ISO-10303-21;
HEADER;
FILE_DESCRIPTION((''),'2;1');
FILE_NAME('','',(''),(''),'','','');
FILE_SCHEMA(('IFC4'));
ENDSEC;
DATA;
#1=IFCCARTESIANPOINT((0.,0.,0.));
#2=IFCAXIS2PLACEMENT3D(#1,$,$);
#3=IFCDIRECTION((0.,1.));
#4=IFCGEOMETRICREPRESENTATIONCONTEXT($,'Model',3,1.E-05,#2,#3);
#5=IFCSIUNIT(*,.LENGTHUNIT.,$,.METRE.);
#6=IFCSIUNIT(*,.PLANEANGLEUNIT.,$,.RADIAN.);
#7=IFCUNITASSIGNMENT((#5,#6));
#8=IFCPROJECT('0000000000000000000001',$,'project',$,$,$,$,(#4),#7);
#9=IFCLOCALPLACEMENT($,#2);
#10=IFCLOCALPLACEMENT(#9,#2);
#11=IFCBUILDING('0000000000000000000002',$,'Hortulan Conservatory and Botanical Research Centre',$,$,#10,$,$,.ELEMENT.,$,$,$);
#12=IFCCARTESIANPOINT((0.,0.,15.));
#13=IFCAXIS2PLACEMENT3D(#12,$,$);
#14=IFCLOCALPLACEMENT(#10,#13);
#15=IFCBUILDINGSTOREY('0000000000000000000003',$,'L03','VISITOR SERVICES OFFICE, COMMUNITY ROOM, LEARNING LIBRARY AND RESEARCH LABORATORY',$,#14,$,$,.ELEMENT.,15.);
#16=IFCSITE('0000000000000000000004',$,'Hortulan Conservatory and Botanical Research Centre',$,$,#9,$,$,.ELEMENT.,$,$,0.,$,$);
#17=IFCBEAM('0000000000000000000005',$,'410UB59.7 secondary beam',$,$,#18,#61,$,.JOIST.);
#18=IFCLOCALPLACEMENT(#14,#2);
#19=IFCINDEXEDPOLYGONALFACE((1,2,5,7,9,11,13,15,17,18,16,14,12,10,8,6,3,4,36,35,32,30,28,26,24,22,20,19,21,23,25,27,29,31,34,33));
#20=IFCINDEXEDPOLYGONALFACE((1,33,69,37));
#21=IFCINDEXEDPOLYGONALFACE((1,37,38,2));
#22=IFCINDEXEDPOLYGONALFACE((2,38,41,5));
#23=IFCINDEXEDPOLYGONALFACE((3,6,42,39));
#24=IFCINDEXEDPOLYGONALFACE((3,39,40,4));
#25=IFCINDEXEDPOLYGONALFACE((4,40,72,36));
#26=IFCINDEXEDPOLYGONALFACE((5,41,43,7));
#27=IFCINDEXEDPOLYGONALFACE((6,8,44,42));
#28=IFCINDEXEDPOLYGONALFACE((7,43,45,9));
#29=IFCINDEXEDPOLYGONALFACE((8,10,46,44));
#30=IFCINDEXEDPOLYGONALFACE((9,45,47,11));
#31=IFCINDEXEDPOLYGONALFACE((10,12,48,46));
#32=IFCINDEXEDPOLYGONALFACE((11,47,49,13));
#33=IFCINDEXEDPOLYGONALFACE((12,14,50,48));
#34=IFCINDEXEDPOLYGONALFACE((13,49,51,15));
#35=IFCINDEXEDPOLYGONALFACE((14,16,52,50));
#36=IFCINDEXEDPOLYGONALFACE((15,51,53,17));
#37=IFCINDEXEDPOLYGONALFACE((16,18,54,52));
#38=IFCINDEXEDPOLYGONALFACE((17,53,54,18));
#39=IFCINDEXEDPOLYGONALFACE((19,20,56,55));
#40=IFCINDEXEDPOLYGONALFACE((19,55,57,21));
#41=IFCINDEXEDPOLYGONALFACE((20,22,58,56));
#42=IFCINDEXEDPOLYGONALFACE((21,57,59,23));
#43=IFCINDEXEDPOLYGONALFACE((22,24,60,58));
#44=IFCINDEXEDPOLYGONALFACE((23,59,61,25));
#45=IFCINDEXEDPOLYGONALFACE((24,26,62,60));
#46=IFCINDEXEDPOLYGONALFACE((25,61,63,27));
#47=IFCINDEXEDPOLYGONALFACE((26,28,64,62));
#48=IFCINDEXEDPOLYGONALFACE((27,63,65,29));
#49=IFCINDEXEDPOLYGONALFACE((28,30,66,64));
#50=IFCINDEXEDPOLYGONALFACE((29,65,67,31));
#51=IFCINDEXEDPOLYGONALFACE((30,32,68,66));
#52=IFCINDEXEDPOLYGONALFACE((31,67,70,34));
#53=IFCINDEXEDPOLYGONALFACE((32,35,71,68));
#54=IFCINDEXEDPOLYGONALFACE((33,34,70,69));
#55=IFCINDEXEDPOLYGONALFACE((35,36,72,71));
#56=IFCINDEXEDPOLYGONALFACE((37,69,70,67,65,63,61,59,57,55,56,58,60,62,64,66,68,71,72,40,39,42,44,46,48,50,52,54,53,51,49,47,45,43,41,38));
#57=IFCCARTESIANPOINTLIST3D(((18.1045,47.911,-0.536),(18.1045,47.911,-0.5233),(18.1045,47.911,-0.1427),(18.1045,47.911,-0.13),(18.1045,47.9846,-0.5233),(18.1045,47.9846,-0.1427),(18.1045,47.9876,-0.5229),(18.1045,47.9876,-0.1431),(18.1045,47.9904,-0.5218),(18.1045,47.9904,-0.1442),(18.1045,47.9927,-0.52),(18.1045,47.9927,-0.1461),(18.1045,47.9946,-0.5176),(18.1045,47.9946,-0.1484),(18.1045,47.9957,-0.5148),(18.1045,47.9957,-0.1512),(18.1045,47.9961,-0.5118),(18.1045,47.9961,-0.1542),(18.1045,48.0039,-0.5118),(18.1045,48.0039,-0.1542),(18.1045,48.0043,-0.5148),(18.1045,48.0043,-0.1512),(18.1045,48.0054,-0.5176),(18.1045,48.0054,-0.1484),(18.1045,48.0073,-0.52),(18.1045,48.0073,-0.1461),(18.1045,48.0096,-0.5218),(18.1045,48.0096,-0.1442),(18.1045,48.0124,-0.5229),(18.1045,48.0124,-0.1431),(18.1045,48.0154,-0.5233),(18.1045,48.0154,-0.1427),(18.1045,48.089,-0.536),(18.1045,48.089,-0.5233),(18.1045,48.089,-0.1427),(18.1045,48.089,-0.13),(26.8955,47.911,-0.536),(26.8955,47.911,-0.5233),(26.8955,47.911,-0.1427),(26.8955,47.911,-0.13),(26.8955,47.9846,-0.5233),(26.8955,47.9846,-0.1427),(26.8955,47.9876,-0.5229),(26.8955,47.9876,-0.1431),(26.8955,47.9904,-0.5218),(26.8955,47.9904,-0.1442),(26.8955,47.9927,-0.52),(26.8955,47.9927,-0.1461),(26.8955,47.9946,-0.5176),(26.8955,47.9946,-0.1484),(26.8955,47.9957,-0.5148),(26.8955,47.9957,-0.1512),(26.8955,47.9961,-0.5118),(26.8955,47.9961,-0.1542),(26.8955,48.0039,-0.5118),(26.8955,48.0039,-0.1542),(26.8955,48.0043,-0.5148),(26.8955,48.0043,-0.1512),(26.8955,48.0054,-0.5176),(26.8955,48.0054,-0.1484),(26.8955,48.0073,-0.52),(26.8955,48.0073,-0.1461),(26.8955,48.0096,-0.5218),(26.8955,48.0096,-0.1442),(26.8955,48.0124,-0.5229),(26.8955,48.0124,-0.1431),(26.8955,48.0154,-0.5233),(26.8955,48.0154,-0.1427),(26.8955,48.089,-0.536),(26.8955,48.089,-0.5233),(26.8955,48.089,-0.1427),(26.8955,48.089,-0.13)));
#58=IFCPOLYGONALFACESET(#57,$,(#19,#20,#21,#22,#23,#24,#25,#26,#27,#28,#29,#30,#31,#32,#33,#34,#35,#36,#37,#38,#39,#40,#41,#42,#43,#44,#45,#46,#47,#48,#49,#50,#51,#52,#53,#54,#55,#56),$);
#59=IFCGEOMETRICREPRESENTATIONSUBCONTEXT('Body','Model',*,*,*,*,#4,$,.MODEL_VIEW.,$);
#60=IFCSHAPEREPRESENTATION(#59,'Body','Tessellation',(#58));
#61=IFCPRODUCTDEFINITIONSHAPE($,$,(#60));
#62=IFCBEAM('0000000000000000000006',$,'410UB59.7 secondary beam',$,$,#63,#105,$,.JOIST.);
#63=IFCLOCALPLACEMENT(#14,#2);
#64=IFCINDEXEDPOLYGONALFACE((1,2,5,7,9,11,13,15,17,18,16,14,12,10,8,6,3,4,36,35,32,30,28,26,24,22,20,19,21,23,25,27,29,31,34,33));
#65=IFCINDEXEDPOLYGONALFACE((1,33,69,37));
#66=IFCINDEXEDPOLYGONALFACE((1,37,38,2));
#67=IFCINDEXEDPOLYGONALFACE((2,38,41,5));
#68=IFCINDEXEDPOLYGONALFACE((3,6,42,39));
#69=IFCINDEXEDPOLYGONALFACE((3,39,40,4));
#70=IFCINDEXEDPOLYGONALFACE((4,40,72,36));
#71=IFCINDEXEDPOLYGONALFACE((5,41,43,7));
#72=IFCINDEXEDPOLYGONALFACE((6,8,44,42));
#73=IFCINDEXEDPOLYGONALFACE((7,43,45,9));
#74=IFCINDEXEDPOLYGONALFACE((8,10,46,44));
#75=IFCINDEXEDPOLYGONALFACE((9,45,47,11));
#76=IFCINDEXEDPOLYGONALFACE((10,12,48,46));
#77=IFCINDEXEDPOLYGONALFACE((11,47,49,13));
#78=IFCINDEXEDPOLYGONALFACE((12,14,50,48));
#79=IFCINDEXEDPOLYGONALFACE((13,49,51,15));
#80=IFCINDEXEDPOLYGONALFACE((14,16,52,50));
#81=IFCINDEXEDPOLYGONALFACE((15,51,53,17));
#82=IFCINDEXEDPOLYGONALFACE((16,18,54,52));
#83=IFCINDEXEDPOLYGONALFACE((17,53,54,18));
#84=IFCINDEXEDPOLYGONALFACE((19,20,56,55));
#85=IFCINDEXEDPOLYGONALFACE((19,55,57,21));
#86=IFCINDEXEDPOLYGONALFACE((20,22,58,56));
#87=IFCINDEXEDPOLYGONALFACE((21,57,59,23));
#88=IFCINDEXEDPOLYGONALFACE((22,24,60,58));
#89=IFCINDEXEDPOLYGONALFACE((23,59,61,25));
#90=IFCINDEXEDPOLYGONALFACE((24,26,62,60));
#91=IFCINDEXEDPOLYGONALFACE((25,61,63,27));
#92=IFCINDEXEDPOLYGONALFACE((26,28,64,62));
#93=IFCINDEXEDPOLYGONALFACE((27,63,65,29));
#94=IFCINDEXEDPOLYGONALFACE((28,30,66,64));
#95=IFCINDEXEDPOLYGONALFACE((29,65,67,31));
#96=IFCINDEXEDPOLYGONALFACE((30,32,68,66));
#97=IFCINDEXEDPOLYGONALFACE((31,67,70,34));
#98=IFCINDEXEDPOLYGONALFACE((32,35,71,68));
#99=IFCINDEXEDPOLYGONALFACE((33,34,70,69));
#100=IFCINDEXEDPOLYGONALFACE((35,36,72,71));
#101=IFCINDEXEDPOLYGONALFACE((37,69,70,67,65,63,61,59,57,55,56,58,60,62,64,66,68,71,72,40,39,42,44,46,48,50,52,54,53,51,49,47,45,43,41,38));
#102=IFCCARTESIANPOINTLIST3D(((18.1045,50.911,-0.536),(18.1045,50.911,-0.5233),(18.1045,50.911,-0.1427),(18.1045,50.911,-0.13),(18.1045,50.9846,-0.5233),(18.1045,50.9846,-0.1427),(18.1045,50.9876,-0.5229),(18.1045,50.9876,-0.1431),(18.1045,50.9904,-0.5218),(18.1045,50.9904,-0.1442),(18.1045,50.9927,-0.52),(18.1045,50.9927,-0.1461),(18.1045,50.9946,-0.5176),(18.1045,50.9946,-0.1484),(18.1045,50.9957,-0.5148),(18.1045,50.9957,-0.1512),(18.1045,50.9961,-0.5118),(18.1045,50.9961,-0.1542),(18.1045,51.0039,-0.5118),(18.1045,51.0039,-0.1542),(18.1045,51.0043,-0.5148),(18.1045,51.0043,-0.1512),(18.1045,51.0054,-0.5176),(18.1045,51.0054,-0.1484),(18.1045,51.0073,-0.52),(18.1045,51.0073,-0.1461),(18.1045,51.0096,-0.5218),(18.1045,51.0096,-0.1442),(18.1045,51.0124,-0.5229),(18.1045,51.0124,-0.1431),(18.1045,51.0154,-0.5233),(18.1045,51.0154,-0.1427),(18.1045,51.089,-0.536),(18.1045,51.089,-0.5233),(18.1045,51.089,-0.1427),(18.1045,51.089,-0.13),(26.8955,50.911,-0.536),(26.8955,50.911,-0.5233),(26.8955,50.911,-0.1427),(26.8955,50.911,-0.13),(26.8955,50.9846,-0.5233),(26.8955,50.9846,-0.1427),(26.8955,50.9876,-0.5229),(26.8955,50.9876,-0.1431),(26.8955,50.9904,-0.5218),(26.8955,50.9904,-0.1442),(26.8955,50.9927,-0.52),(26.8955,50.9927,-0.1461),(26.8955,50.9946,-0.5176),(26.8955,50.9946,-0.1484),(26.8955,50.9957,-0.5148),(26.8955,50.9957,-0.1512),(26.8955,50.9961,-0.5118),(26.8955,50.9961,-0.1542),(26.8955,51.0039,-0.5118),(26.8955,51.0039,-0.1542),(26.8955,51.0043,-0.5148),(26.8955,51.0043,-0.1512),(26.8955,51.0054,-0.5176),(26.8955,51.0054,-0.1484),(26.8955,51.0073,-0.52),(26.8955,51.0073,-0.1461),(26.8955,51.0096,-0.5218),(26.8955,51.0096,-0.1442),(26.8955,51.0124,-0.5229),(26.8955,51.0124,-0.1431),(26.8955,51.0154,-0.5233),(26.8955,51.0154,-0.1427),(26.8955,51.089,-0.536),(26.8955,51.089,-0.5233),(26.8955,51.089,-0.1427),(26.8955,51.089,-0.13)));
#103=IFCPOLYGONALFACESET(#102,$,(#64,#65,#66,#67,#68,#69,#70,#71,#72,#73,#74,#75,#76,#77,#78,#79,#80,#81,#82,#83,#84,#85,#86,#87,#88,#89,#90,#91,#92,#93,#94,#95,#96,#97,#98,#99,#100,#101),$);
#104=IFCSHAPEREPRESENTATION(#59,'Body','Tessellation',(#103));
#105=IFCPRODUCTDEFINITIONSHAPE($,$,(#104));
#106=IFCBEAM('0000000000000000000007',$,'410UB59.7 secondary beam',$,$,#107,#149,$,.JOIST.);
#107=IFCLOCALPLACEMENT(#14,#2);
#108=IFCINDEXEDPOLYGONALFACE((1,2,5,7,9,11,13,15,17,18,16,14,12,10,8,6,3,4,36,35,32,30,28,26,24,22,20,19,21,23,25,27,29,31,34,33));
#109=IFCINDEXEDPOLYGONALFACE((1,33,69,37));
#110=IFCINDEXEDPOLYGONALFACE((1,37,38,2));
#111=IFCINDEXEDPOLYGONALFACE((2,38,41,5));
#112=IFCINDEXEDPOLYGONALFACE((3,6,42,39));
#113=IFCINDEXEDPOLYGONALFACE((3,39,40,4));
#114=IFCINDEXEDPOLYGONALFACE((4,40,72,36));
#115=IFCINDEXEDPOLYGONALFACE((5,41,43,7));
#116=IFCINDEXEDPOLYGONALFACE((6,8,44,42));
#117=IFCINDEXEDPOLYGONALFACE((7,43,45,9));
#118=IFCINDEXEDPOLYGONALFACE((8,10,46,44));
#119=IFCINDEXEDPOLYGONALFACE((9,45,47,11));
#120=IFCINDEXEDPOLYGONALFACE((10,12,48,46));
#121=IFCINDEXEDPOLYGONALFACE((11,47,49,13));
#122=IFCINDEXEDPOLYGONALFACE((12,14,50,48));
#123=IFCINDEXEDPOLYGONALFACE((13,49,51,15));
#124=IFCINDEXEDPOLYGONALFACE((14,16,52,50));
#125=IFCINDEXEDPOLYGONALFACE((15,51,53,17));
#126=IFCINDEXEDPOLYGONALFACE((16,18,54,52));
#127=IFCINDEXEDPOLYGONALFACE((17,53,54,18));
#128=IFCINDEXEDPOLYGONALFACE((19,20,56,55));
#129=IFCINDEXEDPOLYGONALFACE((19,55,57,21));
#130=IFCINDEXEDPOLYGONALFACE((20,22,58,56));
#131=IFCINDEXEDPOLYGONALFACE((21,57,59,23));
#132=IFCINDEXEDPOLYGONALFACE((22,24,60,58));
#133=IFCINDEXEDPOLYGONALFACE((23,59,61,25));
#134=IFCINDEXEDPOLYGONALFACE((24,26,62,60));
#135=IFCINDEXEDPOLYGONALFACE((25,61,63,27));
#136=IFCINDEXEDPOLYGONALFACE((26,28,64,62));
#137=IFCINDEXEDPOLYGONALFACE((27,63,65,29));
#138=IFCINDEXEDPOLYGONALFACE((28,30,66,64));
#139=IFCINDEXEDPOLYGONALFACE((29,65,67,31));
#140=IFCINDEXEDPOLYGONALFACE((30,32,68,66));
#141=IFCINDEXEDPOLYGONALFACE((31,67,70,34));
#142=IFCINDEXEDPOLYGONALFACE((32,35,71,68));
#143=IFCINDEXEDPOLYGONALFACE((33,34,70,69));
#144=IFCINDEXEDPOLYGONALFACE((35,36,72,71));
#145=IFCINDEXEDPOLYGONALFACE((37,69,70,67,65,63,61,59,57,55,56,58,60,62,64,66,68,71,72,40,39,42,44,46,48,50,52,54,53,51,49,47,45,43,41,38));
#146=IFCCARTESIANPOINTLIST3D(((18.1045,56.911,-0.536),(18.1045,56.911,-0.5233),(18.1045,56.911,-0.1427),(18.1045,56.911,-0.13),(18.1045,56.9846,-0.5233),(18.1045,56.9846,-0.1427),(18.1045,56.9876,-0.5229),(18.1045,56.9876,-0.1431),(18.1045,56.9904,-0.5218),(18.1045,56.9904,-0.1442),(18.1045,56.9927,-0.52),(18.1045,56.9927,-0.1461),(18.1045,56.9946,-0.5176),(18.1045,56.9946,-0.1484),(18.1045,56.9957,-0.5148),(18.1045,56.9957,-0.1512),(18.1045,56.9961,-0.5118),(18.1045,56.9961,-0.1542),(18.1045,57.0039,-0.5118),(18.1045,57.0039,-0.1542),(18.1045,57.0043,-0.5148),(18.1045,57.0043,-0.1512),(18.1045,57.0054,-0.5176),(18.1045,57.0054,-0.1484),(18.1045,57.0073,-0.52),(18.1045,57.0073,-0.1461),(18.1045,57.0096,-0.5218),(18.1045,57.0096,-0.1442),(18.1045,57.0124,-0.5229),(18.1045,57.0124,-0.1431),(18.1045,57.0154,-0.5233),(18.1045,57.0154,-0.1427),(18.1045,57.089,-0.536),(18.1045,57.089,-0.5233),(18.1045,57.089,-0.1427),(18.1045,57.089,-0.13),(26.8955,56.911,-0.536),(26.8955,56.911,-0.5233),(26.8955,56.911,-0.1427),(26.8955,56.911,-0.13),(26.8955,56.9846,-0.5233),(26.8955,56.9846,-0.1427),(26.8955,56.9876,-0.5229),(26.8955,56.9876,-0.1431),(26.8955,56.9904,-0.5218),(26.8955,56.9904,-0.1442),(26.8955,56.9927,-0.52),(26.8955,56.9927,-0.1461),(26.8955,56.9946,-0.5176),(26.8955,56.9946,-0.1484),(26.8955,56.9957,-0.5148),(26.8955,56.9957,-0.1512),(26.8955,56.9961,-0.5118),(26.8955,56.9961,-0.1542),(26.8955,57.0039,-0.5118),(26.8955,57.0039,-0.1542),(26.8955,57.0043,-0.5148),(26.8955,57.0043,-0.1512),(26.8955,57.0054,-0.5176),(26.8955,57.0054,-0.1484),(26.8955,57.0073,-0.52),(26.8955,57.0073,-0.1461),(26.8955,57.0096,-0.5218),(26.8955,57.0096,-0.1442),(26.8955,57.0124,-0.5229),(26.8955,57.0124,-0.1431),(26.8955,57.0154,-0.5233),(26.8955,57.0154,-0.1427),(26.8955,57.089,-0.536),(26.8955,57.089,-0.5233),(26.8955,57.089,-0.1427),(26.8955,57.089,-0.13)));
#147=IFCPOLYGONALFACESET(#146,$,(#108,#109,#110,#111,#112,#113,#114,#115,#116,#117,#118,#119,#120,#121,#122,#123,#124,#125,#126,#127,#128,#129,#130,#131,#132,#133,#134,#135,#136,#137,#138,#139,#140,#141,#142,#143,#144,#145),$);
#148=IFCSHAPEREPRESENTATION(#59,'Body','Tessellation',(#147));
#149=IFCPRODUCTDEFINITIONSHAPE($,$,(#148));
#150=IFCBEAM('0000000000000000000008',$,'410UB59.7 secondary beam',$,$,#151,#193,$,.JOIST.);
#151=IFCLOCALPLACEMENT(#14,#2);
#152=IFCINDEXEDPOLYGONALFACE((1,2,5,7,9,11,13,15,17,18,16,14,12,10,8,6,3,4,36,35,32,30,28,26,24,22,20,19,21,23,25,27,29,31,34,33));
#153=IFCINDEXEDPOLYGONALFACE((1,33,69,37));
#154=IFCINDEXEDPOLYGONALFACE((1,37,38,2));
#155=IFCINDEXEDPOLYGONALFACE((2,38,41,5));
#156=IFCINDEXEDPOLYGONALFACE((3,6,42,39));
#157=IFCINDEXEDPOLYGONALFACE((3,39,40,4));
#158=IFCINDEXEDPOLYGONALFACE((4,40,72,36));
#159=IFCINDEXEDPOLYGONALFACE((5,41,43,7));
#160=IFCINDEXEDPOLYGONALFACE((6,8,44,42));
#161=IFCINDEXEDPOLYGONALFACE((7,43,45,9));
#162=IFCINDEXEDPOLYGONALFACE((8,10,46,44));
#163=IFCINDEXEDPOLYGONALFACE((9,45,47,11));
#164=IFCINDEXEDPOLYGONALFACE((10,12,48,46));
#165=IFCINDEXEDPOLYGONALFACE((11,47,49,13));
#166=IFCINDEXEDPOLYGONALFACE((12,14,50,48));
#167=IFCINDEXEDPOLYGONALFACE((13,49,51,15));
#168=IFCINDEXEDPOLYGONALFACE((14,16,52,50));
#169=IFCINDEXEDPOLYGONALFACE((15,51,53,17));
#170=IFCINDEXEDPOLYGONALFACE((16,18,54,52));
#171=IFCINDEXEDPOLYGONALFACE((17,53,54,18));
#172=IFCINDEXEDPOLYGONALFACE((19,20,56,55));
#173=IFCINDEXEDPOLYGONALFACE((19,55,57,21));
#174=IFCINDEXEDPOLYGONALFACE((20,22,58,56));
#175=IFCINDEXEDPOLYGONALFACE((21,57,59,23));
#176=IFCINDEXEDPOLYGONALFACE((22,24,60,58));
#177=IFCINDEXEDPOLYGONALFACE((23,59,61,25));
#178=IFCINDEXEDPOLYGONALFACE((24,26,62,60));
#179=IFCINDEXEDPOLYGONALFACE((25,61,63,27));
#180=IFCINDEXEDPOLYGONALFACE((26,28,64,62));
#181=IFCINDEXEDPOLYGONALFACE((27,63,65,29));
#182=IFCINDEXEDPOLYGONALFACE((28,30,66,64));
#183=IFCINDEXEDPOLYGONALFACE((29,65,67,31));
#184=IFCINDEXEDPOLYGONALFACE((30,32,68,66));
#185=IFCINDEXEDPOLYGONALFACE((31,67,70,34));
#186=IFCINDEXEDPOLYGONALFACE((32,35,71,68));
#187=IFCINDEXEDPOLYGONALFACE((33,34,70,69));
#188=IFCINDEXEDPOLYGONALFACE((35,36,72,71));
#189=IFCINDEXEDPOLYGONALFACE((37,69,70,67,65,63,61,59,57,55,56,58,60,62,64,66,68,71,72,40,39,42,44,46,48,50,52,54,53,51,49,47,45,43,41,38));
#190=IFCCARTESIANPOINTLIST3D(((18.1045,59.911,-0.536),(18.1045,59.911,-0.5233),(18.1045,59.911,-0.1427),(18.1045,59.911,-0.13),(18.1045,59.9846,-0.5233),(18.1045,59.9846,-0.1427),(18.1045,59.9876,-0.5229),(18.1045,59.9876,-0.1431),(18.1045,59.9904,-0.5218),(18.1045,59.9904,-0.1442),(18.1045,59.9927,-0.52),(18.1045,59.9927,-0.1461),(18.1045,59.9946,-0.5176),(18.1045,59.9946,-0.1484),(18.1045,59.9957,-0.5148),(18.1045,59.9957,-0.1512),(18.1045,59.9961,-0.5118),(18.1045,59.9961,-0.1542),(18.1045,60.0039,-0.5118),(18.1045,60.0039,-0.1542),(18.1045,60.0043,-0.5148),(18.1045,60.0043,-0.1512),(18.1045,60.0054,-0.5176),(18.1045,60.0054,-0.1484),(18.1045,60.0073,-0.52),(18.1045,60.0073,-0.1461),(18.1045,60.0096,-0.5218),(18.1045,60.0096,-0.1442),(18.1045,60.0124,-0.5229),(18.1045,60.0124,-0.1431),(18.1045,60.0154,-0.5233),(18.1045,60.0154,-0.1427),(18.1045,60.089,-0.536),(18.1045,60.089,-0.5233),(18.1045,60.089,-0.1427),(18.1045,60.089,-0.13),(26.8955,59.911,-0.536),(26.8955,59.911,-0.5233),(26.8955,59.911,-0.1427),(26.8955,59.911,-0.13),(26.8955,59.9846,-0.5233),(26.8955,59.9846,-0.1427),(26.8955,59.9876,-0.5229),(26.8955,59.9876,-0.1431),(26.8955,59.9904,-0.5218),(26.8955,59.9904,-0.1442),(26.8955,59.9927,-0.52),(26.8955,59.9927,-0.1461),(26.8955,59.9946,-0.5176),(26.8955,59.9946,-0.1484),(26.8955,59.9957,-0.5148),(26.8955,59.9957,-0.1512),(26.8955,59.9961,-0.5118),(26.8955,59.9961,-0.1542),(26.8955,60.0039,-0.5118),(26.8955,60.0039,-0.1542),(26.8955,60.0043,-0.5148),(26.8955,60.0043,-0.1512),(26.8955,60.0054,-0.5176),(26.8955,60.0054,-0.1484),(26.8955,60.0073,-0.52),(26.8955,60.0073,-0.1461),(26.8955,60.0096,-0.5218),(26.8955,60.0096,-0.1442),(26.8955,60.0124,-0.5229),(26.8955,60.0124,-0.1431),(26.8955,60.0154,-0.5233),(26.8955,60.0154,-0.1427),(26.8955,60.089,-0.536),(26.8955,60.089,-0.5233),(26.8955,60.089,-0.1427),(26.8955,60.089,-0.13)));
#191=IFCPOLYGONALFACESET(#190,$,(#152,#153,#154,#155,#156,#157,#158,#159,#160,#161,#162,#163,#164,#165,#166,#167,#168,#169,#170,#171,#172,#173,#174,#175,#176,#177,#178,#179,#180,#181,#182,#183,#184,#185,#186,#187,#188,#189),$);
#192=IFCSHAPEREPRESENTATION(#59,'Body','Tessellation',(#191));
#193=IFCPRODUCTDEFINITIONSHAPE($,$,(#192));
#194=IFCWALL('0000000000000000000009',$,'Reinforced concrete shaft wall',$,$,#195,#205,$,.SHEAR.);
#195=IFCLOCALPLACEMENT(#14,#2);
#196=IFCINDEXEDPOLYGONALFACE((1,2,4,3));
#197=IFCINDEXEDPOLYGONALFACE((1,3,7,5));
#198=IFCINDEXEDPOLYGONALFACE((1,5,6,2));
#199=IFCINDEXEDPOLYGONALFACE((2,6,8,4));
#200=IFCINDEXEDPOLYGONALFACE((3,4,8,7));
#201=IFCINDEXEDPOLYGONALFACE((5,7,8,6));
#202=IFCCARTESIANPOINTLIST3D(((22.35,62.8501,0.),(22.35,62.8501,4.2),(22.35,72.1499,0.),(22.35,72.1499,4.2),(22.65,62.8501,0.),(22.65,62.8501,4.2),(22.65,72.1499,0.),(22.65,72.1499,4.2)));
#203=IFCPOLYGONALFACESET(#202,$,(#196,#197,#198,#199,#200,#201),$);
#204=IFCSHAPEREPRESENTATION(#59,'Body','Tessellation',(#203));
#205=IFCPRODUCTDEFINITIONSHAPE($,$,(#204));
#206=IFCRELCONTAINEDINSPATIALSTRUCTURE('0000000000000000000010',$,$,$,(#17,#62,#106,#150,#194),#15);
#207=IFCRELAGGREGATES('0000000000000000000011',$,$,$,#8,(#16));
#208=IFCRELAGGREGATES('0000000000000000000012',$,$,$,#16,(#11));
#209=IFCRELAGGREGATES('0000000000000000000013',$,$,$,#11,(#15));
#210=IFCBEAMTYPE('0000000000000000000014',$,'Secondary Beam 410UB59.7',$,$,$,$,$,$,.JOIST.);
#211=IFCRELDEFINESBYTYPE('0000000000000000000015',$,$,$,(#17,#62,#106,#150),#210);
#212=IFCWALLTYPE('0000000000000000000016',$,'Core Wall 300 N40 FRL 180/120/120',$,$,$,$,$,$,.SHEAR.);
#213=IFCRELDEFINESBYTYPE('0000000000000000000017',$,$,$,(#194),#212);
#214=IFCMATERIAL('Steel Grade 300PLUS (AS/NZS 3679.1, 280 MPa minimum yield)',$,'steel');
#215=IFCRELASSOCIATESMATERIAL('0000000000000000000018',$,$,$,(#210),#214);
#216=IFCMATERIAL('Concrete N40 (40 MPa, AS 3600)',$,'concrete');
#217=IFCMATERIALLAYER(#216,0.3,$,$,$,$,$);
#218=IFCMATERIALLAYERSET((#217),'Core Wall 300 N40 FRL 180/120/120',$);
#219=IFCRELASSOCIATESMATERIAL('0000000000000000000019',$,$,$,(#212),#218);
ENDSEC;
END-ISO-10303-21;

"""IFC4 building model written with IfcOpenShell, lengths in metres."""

from ifc_helpers import new_model, si_unit, direction, frame, frame_2d, origin, origin_2d, place, context, subcontext, project, spatial, rectangle, i_section, extrude, material, layer, layer_set, material_profile, profile_set, type_object, element, save


model = new_model("IFC4")

# Units and contexts
model_context = context("Model", 3, precision=1e-05, world=origin(), true_north=direction((0.0, 1.0)))
body_context = subcontext(model_context, "Body", "Model", "MODEL_VIEW")
ifc_project = project(units=[si_unit("LENGTHUNIT", "METRE"), si_unit("PLANEANGLEUNIT", "RADIAN")], contexts=[model_context])

# Site, building, storey
site_placement = place(None, origin())
site = spatial("IfcSite", under=ifc_project, at=site_placement, Name="Hortulan Conservatory and Botanical Research Centre", CompositionType="ELEMENT", RefElevation=0.0)
building_placement = place(site_placement, origin())
building = spatial("IfcBuilding", under=site, at=building_placement, Name="Hortulan Conservatory and Botanical Research Centre", CompositionType="ELEMENT")
storey_placement = place(building_placement, frame((0.0, 0.0, 15.0)))
storey = spatial("IfcBuildingStorey", under=building, at=storey_placement, Name="L03", Description="VISITOR SERVICES OFFICE, COMMUNITY ROOM, LEARNING LIBRARY AND RESEARCH LABORATORY", CompositionType="ELEMENT", Elevation=15.0)

# Shared definitions
ifc_material_1 = material(Name="Steel Grade 300PLUS (AS/NZS 3679.1, 280 MPa minimum yield)", Category="steel")

# Beams
ifc_material_profile_1 = material_profile(ifc_material_1, i_section(OverallWidth=0.178, OverallDepth=0.406, WebThickness=0.0078, FlangeThickness=0.0127, FilletRadius=0.0115, at=origin_2d()), Name="410UB59.7")
ifc_profile_set_1 = profile_set([ifc_material_profile_1], Name="Steel Grade 300PLUS (AS/NZS 3679.1, 280 MPa minimum yield)")
beam_type_1 = type_object("IfcBeamType", Name="Secondary Beam 410UB59.7", PredefinedType="JOIST", material=ifc_profile_set_1)
for number, where, z_axis, x_axis, name in (
    (1, (18.1045, 48.0, -0.333), (1.0, 0.0, 0.0), (0.0, 1.0, 0.0), "410UB59.7 secondary beam"),
    (2, (18.1045, 51.0, -0.333), (1.0, 0.0, 0.0), (0.0, 1.0, 0.0), "410UB59.7 secondary beam"),
    (3, (18.1045, 57.0, -0.333), (1.0, 0.0, 0.0), (0.0, 1.0, 0.0), "410UB59.7 secondary beam"),
    (4, (18.1045, 60.0, -0.333), (1.0, 0.0, 0.0), (0.0, 1.0, 0.0), "410UB59.7 secondary beam"),
):
    element("IfcBeam", number, at=place(storey_placement, frame(where, z_axis=z_axis, x_axis=x_axis)), inside=storey, type_object=beam_type_1, Name=name, PredefinedType="JOIST", context=body_context, shape_type="SweptSolid", body=[
        extrude(i_section(OverallWidth=0.178, OverallDepth=0.406, WebThickness=0.0078, FlangeThickness=0.0127, FilletRadius=0.0115, at=origin_2d()), origin(), (0.0, 0.0, 1.0), 8.791),
    ])

# Wall
ifc_material_2 = material(Name="Concrete N40 (40 MPa, AS 3600)", Category="concrete")
ifc_layer_1 = layer(ifc_material_2, 0.3)
ifc_layer_set_1 = layer_set([ifc_layer_1], Name="Core Wall 300 N40 FRL 180/120/120")
wall_type_1 = type_object("IfcWallType", Name="Core Wall 300 N40 FRL 180/120/120", PredefinedType="SHEAR", material=ifc_layer_set_1)
wall_1_placement = place(storey_placement, frame((22.5, 62.8501, 0.0), z_axis=(0.0, 0.0, 1.0), x_axis=(0.0, 1.0, 0.0)))
element("IfcWall", 5, at=wall_1_placement, inside=storey, type_object=wall_type_1, Name="Reinforced concrete shaft wall", PredefinedType="SHEAR", context=body_context, shape_type="SweptSolid", body=[
    extrude(rectangle(XDim=9.2998, YDim=0.3, at=frame_2d((4.6499, 0.0))), origin(), (0.0, 0.0, 1.0), 4.2),
])

save(model, "model.ifc")
